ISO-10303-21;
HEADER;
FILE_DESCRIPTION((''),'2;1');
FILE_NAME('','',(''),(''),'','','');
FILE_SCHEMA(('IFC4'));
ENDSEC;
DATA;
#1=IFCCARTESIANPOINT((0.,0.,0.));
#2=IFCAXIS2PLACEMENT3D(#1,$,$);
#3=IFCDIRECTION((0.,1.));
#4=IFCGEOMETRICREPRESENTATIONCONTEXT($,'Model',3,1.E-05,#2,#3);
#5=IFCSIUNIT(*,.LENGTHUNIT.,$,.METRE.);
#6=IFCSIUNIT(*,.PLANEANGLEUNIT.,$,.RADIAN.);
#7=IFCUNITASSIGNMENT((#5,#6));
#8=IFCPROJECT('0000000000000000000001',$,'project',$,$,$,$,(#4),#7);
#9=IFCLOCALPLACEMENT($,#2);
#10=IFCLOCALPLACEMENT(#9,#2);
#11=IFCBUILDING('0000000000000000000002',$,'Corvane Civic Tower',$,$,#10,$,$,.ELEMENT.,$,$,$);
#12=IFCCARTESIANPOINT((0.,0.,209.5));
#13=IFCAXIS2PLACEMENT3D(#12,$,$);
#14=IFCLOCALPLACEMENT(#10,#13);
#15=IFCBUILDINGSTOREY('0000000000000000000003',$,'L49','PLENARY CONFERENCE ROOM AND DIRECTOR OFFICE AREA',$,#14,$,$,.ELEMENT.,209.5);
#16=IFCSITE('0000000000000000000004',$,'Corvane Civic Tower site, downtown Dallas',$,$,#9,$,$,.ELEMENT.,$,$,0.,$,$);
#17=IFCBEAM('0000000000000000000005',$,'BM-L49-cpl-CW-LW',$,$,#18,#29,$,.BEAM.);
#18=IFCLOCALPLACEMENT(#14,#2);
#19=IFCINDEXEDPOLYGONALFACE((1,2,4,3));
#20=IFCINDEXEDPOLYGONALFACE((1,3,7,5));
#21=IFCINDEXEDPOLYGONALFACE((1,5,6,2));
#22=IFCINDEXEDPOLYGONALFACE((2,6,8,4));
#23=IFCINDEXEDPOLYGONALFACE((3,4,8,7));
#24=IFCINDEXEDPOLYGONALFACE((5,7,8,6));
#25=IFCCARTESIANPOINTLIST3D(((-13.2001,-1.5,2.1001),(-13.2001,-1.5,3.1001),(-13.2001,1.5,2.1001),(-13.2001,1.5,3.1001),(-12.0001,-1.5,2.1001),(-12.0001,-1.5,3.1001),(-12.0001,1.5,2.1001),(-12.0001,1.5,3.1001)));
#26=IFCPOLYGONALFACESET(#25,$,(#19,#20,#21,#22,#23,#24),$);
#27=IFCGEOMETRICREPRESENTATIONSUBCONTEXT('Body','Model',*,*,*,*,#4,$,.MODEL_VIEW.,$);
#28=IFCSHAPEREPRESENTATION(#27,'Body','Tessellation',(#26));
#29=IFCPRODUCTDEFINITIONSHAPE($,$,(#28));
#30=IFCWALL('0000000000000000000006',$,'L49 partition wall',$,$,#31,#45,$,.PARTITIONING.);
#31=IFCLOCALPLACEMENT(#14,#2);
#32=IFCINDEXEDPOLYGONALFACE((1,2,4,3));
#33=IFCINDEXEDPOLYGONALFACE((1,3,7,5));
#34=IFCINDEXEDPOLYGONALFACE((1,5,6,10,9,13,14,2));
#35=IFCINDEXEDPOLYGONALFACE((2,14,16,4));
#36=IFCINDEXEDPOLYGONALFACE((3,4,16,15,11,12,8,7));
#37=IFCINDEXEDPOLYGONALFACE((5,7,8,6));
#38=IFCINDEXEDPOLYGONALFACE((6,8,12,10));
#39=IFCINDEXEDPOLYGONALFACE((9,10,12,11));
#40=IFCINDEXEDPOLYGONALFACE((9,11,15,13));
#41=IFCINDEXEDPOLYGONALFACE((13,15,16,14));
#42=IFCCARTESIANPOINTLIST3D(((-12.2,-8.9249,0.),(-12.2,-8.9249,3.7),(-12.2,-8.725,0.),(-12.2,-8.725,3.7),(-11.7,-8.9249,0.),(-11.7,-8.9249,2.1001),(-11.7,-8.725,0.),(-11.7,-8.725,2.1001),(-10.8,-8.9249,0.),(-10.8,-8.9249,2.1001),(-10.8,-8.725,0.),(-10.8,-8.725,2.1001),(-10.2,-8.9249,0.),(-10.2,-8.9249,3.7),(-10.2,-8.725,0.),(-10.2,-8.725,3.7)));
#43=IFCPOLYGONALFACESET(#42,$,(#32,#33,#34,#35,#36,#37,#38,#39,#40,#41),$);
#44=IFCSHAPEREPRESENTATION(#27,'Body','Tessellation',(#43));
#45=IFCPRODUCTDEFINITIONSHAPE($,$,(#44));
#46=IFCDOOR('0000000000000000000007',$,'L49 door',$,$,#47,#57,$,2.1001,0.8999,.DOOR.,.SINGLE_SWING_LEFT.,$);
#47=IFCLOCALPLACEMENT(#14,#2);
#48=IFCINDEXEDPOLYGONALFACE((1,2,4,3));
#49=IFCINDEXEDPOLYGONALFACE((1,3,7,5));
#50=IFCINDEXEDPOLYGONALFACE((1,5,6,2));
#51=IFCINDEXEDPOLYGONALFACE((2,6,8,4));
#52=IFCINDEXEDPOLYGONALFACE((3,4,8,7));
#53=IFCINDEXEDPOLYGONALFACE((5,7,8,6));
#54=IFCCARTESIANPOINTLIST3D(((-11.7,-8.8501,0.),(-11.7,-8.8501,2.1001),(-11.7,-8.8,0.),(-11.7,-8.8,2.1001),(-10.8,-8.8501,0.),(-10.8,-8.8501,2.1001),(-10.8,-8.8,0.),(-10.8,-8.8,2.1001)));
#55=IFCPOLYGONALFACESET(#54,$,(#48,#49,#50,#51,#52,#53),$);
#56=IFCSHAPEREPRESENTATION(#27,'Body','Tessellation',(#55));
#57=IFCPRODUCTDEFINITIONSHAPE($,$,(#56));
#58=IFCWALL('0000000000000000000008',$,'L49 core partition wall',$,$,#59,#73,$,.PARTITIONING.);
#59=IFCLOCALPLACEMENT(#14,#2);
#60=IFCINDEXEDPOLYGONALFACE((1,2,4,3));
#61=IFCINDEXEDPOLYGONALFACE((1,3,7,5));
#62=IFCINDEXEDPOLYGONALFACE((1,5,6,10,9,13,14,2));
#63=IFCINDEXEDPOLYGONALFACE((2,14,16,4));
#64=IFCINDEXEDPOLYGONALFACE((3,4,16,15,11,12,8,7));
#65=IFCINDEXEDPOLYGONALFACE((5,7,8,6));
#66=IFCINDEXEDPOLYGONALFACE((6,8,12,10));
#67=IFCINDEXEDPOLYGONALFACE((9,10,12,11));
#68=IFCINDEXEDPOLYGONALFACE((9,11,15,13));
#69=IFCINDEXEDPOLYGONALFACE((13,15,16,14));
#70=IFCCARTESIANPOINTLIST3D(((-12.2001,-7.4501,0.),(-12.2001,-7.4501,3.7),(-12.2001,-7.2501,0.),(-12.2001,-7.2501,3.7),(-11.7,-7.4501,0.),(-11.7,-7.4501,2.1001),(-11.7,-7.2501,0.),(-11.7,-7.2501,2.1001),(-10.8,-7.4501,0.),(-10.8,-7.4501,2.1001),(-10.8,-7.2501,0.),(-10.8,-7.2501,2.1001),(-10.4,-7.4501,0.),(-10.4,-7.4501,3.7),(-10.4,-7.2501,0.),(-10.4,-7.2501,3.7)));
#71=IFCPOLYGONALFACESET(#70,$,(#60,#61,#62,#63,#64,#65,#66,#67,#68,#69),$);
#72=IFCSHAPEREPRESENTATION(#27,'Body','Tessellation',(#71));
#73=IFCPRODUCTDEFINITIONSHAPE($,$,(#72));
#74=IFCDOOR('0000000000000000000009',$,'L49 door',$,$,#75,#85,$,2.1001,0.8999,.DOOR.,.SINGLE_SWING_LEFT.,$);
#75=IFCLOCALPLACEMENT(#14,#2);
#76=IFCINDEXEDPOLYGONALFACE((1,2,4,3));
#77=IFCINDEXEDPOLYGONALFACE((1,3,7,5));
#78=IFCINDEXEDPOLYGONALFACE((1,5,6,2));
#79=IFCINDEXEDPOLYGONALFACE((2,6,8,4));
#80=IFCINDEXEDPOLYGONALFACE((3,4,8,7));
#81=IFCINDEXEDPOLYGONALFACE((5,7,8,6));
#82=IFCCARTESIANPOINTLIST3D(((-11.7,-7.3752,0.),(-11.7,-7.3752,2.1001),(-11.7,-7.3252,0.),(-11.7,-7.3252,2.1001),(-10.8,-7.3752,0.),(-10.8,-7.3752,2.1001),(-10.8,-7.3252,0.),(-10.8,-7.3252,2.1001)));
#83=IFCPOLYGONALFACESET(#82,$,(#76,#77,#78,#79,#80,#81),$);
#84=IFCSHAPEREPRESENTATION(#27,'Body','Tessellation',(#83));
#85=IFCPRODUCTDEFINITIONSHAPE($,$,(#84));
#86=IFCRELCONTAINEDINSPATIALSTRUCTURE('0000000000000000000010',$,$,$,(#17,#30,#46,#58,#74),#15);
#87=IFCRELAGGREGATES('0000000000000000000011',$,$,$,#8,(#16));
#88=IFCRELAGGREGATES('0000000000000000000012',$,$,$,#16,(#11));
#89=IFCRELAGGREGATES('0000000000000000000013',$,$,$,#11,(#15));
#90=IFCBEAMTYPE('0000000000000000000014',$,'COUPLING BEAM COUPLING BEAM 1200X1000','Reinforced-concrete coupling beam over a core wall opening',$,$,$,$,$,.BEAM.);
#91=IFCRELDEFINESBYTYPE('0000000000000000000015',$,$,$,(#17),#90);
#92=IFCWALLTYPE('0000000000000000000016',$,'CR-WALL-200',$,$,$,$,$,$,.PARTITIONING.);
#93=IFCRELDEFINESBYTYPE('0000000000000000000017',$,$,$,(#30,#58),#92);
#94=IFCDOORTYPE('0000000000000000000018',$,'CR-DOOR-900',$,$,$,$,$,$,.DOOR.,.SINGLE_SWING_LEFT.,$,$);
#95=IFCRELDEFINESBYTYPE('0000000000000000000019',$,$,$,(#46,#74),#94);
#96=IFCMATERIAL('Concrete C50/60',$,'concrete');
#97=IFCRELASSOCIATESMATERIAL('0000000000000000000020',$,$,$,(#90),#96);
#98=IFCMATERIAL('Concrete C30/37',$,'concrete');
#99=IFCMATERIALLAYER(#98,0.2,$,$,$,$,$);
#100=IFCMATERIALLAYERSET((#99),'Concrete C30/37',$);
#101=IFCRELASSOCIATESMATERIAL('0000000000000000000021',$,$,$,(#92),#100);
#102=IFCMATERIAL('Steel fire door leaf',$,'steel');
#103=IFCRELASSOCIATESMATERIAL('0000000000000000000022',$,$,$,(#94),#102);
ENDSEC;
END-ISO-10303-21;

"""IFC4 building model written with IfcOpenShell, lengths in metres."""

from ifc_helpers import new_model, si_unit, direction, frame, frame_2d, origin, origin_2d, place, context, subcontext, project, spatial, rectangle, extrude, material, layer, layer_set, material_profile, profile_set, type_object, element, fill, save


model = new_model("IFC4")

# Units and contexts
model_context = context("Model", 3, precision=1e-05, world=origin(), true_north=direction((0.0, 1.0)))
body_context = subcontext(model_context, "Body", "Model", "MODEL_VIEW")
ifc_project = project(units=[si_unit("LENGTHUNIT", "METRE"), si_unit("PLANEANGLEUNIT", "RADIAN")], contexts=[model_context])

# Site, building, storey
site_placement = place(None, origin())
site = spatial("IfcSite", under=ifc_project, at=site_placement, Name="Corvane Civic Tower site, downtown Dallas", CompositionType="ELEMENT", RefElevation=0.0)
building_placement = place(site_placement, origin())
building = spatial("IfcBuilding", under=site, at=building_placement, Name="Corvane Civic Tower", CompositionType="ELEMENT")
storey_placement = place(building_placement, frame((0.0, 0.0, 209.5)))
storey = spatial("IfcBuildingStorey", under=building, at=storey_placement, Name="L49", Description="PLENARY CONFERENCE ROOM AND DIRECTOR OFFICE AREA", CompositionType="ELEMENT", Elevation=209.5)

# Beam
ifc_material_1 = material(Name="Concrete C50/60", Category="concrete")
ifc_material_profile = material_profile(ifc_material_1, rectangle(XDim=1.2, YDim=1.0, at=origin_2d()), Name="COUPLING BEAM 1200X1000")
ifc_profile_set = profile_set([ifc_material_profile], Name="Concrete C50/60")
beam_type = type_object("IfcBeamType", Name="COUPLING BEAM COUPLING BEAM 1200X1000", Description="Reinforced-concrete coupling beam over a core wall opening", PredefinedType="BEAM", material=ifc_profile_set)
beam_placement = place(storey_placement, frame((-12.6001, -1.5, 2.6001), z_axis=(0.0, 1.0, 0.0), x_axis=(-1.0, 0.0, 0.0)))
element("IfcBeam", 1, at=beam_placement, inside=storey, type_object=beam_type, Name="BM-L49-cpl-CW-LW", PredefinedType="BEAM", context=body_context, shape_type="SweptSolid", body=[
    extrude(rectangle(XDim=1.2, YDim=1.0, at=origin_2d()), origin(), (0.0, 0.0, 1.0), 3.0),
])

# Walls, openings, doors
ifc_material_2 = material(Name="Concrete C30/37", Category="concrete")
ifc_layer_1 = layer(ifc_material_2, 0.2)
ifc_layer_set_1 = layer_set([ifc_layer_1], Name="Concrete C30/37")
wall_type_1 = type_object("IfcWallType", Name="CR-WALL-200", PredefinedType="PARTITIONING", material=ifc_layer_set_1)
wall_1_placement = place(storey_placement, frame((-12.2, -8.825, 0.0), z_axis=(0.0, 0.0, 1.0), x_axis=(1.0, 0.0, 0.0)))
wall_1 = element("IfcWall", 2, at=wall_1_placement, inside=storey, type_object=wall_type_1, Name="L49 partition wall", PredefinedType="PARTITIONING", context=body_context, shape_type="SweptSolid", body=[
    extrude(rectangle(XDim=2.0, YDim=0.2, at=frame_2d((1.0, 0.0))), origin(), (0.0, 0.0, 1.0), 3.7),
])
opening_1_placement = place(wall_1_placement, frame((0.5, 0.0, 0.0)))
opening_1 = element("IfcOpeningElement", 3, at=opening_1_placement, cuts=wall_1, PredefinedType="OPENING", context=body_context, shape_type="SweptSolid", body=[
    extrude(rectangle(XDim=0.8999, YDim=2.1001, at=frame_2d((0.45, 1.05))), frame((0.0, 0.1099, 0.0), z_axis=(0.0, -1.0, 0.0), x_axis=(1.0, 0.0, 0.0)), (0.0, 0.0, 1.0), 0.22),
])
ifc_material_3 = material(Name="Steel fire door leaf", Category="steel")
door_type_1 = type_object("IfcDoorType", Name="CR-DOOR-900", OperationType="SINGLE_SWING_LEFT", PredefinedType="DOOR", material=ifc_material_3)
door_1_placement = place(opening_1_placement, origin())
door_1 = element("IfcDoor", 4, at=door_1_placement, inside=storey, type_object=door_type_1, Name="L49 door", OperationType="SINGLE_SWING_LEFT", OverallHeight=2.1001, OverallWidth=0.8999, PredefinedType="DOOR", context=body_context, shape_type="SweptSolid", body=[
    extrude(rectangle(XDim=0.8999, YDim=2.1001, at=frame_2d((0.45, 1.05))), frame((0.0, 0.0249, 0.0), z_axis=(0.0, -1.0, 0.0), x_axis=(1.0, 0.0, 0.0)), (0.0, 0.0, 1.0), 0.05),
])
fill(opening_1, door_1)
wall_2_placement = place(storey_placement, frame((-12.2, -7.3501, 0.0), z_axis=(0.0, 0.0, 1.0), x_axis=(1.0, 0.0, 0.0)))
wall_2 = element("IfcWall", 5, at=wall_2_placement, inside=storey, type_object=wall_type_1, Name="L49 core partition wall", PredefinedType="PARTITIONING", context=body_context, shape_type="SweptSolid", body=[
    extrude(rectangle(XDim=1.8, YDim=0.2, at=frame_2d((0.8999, 0.0))), origin(), (0.0, 0.0, 1.0), 3.7),
])
opening_2_placement = place(wall_2_placement, frame((0.5, 0.0, 0.0)))
opening_2 = element("IfcOpeningElement", 6, at=opening_2_placement, cuts=wall_2, PredefinedType="OPENING", context=body_context, shape_type="SweptSolid", body=[
    extrude(rectangle(XDim=0.8999, YDim=2.1001, at=frame_2d((0.45, 1.05))), frame((0.0, 0.1099, 0.0), z_axis=(0.0, -1.0, 0.0), x_axis=(1.0, 0.0, 0.0)), (0.0, 0.0, 1.0), 0.22),
])
door_2_placement = place(opening_2_placement, origin())
door_2 = element("IfcDoor", 7, at=door_2_placement, inside=storey, type_object=door_type_1, Name="L49 door", OperationType="SINGLE_SWING_LEFT", OverallHeight=2.1001, OverallWidth=0.8999, PredefinedType="DOOR", context=body_context, shape_type="SweptSolid", body=[
    extrude(rectangle(XDim=0.8999, YDim=2.1001, at=frame_2d((0.45, 1.05))), frame((0.0, 0.0249, 0.0), z_axis=(0.0, -1.0, 0.0), x_axis=(1.0, 0.0, 0.0)), (0.0, 0.0, 1.0), 0.05),
])
fill(opening_2, door_2)

save(model, "model.ifc")
